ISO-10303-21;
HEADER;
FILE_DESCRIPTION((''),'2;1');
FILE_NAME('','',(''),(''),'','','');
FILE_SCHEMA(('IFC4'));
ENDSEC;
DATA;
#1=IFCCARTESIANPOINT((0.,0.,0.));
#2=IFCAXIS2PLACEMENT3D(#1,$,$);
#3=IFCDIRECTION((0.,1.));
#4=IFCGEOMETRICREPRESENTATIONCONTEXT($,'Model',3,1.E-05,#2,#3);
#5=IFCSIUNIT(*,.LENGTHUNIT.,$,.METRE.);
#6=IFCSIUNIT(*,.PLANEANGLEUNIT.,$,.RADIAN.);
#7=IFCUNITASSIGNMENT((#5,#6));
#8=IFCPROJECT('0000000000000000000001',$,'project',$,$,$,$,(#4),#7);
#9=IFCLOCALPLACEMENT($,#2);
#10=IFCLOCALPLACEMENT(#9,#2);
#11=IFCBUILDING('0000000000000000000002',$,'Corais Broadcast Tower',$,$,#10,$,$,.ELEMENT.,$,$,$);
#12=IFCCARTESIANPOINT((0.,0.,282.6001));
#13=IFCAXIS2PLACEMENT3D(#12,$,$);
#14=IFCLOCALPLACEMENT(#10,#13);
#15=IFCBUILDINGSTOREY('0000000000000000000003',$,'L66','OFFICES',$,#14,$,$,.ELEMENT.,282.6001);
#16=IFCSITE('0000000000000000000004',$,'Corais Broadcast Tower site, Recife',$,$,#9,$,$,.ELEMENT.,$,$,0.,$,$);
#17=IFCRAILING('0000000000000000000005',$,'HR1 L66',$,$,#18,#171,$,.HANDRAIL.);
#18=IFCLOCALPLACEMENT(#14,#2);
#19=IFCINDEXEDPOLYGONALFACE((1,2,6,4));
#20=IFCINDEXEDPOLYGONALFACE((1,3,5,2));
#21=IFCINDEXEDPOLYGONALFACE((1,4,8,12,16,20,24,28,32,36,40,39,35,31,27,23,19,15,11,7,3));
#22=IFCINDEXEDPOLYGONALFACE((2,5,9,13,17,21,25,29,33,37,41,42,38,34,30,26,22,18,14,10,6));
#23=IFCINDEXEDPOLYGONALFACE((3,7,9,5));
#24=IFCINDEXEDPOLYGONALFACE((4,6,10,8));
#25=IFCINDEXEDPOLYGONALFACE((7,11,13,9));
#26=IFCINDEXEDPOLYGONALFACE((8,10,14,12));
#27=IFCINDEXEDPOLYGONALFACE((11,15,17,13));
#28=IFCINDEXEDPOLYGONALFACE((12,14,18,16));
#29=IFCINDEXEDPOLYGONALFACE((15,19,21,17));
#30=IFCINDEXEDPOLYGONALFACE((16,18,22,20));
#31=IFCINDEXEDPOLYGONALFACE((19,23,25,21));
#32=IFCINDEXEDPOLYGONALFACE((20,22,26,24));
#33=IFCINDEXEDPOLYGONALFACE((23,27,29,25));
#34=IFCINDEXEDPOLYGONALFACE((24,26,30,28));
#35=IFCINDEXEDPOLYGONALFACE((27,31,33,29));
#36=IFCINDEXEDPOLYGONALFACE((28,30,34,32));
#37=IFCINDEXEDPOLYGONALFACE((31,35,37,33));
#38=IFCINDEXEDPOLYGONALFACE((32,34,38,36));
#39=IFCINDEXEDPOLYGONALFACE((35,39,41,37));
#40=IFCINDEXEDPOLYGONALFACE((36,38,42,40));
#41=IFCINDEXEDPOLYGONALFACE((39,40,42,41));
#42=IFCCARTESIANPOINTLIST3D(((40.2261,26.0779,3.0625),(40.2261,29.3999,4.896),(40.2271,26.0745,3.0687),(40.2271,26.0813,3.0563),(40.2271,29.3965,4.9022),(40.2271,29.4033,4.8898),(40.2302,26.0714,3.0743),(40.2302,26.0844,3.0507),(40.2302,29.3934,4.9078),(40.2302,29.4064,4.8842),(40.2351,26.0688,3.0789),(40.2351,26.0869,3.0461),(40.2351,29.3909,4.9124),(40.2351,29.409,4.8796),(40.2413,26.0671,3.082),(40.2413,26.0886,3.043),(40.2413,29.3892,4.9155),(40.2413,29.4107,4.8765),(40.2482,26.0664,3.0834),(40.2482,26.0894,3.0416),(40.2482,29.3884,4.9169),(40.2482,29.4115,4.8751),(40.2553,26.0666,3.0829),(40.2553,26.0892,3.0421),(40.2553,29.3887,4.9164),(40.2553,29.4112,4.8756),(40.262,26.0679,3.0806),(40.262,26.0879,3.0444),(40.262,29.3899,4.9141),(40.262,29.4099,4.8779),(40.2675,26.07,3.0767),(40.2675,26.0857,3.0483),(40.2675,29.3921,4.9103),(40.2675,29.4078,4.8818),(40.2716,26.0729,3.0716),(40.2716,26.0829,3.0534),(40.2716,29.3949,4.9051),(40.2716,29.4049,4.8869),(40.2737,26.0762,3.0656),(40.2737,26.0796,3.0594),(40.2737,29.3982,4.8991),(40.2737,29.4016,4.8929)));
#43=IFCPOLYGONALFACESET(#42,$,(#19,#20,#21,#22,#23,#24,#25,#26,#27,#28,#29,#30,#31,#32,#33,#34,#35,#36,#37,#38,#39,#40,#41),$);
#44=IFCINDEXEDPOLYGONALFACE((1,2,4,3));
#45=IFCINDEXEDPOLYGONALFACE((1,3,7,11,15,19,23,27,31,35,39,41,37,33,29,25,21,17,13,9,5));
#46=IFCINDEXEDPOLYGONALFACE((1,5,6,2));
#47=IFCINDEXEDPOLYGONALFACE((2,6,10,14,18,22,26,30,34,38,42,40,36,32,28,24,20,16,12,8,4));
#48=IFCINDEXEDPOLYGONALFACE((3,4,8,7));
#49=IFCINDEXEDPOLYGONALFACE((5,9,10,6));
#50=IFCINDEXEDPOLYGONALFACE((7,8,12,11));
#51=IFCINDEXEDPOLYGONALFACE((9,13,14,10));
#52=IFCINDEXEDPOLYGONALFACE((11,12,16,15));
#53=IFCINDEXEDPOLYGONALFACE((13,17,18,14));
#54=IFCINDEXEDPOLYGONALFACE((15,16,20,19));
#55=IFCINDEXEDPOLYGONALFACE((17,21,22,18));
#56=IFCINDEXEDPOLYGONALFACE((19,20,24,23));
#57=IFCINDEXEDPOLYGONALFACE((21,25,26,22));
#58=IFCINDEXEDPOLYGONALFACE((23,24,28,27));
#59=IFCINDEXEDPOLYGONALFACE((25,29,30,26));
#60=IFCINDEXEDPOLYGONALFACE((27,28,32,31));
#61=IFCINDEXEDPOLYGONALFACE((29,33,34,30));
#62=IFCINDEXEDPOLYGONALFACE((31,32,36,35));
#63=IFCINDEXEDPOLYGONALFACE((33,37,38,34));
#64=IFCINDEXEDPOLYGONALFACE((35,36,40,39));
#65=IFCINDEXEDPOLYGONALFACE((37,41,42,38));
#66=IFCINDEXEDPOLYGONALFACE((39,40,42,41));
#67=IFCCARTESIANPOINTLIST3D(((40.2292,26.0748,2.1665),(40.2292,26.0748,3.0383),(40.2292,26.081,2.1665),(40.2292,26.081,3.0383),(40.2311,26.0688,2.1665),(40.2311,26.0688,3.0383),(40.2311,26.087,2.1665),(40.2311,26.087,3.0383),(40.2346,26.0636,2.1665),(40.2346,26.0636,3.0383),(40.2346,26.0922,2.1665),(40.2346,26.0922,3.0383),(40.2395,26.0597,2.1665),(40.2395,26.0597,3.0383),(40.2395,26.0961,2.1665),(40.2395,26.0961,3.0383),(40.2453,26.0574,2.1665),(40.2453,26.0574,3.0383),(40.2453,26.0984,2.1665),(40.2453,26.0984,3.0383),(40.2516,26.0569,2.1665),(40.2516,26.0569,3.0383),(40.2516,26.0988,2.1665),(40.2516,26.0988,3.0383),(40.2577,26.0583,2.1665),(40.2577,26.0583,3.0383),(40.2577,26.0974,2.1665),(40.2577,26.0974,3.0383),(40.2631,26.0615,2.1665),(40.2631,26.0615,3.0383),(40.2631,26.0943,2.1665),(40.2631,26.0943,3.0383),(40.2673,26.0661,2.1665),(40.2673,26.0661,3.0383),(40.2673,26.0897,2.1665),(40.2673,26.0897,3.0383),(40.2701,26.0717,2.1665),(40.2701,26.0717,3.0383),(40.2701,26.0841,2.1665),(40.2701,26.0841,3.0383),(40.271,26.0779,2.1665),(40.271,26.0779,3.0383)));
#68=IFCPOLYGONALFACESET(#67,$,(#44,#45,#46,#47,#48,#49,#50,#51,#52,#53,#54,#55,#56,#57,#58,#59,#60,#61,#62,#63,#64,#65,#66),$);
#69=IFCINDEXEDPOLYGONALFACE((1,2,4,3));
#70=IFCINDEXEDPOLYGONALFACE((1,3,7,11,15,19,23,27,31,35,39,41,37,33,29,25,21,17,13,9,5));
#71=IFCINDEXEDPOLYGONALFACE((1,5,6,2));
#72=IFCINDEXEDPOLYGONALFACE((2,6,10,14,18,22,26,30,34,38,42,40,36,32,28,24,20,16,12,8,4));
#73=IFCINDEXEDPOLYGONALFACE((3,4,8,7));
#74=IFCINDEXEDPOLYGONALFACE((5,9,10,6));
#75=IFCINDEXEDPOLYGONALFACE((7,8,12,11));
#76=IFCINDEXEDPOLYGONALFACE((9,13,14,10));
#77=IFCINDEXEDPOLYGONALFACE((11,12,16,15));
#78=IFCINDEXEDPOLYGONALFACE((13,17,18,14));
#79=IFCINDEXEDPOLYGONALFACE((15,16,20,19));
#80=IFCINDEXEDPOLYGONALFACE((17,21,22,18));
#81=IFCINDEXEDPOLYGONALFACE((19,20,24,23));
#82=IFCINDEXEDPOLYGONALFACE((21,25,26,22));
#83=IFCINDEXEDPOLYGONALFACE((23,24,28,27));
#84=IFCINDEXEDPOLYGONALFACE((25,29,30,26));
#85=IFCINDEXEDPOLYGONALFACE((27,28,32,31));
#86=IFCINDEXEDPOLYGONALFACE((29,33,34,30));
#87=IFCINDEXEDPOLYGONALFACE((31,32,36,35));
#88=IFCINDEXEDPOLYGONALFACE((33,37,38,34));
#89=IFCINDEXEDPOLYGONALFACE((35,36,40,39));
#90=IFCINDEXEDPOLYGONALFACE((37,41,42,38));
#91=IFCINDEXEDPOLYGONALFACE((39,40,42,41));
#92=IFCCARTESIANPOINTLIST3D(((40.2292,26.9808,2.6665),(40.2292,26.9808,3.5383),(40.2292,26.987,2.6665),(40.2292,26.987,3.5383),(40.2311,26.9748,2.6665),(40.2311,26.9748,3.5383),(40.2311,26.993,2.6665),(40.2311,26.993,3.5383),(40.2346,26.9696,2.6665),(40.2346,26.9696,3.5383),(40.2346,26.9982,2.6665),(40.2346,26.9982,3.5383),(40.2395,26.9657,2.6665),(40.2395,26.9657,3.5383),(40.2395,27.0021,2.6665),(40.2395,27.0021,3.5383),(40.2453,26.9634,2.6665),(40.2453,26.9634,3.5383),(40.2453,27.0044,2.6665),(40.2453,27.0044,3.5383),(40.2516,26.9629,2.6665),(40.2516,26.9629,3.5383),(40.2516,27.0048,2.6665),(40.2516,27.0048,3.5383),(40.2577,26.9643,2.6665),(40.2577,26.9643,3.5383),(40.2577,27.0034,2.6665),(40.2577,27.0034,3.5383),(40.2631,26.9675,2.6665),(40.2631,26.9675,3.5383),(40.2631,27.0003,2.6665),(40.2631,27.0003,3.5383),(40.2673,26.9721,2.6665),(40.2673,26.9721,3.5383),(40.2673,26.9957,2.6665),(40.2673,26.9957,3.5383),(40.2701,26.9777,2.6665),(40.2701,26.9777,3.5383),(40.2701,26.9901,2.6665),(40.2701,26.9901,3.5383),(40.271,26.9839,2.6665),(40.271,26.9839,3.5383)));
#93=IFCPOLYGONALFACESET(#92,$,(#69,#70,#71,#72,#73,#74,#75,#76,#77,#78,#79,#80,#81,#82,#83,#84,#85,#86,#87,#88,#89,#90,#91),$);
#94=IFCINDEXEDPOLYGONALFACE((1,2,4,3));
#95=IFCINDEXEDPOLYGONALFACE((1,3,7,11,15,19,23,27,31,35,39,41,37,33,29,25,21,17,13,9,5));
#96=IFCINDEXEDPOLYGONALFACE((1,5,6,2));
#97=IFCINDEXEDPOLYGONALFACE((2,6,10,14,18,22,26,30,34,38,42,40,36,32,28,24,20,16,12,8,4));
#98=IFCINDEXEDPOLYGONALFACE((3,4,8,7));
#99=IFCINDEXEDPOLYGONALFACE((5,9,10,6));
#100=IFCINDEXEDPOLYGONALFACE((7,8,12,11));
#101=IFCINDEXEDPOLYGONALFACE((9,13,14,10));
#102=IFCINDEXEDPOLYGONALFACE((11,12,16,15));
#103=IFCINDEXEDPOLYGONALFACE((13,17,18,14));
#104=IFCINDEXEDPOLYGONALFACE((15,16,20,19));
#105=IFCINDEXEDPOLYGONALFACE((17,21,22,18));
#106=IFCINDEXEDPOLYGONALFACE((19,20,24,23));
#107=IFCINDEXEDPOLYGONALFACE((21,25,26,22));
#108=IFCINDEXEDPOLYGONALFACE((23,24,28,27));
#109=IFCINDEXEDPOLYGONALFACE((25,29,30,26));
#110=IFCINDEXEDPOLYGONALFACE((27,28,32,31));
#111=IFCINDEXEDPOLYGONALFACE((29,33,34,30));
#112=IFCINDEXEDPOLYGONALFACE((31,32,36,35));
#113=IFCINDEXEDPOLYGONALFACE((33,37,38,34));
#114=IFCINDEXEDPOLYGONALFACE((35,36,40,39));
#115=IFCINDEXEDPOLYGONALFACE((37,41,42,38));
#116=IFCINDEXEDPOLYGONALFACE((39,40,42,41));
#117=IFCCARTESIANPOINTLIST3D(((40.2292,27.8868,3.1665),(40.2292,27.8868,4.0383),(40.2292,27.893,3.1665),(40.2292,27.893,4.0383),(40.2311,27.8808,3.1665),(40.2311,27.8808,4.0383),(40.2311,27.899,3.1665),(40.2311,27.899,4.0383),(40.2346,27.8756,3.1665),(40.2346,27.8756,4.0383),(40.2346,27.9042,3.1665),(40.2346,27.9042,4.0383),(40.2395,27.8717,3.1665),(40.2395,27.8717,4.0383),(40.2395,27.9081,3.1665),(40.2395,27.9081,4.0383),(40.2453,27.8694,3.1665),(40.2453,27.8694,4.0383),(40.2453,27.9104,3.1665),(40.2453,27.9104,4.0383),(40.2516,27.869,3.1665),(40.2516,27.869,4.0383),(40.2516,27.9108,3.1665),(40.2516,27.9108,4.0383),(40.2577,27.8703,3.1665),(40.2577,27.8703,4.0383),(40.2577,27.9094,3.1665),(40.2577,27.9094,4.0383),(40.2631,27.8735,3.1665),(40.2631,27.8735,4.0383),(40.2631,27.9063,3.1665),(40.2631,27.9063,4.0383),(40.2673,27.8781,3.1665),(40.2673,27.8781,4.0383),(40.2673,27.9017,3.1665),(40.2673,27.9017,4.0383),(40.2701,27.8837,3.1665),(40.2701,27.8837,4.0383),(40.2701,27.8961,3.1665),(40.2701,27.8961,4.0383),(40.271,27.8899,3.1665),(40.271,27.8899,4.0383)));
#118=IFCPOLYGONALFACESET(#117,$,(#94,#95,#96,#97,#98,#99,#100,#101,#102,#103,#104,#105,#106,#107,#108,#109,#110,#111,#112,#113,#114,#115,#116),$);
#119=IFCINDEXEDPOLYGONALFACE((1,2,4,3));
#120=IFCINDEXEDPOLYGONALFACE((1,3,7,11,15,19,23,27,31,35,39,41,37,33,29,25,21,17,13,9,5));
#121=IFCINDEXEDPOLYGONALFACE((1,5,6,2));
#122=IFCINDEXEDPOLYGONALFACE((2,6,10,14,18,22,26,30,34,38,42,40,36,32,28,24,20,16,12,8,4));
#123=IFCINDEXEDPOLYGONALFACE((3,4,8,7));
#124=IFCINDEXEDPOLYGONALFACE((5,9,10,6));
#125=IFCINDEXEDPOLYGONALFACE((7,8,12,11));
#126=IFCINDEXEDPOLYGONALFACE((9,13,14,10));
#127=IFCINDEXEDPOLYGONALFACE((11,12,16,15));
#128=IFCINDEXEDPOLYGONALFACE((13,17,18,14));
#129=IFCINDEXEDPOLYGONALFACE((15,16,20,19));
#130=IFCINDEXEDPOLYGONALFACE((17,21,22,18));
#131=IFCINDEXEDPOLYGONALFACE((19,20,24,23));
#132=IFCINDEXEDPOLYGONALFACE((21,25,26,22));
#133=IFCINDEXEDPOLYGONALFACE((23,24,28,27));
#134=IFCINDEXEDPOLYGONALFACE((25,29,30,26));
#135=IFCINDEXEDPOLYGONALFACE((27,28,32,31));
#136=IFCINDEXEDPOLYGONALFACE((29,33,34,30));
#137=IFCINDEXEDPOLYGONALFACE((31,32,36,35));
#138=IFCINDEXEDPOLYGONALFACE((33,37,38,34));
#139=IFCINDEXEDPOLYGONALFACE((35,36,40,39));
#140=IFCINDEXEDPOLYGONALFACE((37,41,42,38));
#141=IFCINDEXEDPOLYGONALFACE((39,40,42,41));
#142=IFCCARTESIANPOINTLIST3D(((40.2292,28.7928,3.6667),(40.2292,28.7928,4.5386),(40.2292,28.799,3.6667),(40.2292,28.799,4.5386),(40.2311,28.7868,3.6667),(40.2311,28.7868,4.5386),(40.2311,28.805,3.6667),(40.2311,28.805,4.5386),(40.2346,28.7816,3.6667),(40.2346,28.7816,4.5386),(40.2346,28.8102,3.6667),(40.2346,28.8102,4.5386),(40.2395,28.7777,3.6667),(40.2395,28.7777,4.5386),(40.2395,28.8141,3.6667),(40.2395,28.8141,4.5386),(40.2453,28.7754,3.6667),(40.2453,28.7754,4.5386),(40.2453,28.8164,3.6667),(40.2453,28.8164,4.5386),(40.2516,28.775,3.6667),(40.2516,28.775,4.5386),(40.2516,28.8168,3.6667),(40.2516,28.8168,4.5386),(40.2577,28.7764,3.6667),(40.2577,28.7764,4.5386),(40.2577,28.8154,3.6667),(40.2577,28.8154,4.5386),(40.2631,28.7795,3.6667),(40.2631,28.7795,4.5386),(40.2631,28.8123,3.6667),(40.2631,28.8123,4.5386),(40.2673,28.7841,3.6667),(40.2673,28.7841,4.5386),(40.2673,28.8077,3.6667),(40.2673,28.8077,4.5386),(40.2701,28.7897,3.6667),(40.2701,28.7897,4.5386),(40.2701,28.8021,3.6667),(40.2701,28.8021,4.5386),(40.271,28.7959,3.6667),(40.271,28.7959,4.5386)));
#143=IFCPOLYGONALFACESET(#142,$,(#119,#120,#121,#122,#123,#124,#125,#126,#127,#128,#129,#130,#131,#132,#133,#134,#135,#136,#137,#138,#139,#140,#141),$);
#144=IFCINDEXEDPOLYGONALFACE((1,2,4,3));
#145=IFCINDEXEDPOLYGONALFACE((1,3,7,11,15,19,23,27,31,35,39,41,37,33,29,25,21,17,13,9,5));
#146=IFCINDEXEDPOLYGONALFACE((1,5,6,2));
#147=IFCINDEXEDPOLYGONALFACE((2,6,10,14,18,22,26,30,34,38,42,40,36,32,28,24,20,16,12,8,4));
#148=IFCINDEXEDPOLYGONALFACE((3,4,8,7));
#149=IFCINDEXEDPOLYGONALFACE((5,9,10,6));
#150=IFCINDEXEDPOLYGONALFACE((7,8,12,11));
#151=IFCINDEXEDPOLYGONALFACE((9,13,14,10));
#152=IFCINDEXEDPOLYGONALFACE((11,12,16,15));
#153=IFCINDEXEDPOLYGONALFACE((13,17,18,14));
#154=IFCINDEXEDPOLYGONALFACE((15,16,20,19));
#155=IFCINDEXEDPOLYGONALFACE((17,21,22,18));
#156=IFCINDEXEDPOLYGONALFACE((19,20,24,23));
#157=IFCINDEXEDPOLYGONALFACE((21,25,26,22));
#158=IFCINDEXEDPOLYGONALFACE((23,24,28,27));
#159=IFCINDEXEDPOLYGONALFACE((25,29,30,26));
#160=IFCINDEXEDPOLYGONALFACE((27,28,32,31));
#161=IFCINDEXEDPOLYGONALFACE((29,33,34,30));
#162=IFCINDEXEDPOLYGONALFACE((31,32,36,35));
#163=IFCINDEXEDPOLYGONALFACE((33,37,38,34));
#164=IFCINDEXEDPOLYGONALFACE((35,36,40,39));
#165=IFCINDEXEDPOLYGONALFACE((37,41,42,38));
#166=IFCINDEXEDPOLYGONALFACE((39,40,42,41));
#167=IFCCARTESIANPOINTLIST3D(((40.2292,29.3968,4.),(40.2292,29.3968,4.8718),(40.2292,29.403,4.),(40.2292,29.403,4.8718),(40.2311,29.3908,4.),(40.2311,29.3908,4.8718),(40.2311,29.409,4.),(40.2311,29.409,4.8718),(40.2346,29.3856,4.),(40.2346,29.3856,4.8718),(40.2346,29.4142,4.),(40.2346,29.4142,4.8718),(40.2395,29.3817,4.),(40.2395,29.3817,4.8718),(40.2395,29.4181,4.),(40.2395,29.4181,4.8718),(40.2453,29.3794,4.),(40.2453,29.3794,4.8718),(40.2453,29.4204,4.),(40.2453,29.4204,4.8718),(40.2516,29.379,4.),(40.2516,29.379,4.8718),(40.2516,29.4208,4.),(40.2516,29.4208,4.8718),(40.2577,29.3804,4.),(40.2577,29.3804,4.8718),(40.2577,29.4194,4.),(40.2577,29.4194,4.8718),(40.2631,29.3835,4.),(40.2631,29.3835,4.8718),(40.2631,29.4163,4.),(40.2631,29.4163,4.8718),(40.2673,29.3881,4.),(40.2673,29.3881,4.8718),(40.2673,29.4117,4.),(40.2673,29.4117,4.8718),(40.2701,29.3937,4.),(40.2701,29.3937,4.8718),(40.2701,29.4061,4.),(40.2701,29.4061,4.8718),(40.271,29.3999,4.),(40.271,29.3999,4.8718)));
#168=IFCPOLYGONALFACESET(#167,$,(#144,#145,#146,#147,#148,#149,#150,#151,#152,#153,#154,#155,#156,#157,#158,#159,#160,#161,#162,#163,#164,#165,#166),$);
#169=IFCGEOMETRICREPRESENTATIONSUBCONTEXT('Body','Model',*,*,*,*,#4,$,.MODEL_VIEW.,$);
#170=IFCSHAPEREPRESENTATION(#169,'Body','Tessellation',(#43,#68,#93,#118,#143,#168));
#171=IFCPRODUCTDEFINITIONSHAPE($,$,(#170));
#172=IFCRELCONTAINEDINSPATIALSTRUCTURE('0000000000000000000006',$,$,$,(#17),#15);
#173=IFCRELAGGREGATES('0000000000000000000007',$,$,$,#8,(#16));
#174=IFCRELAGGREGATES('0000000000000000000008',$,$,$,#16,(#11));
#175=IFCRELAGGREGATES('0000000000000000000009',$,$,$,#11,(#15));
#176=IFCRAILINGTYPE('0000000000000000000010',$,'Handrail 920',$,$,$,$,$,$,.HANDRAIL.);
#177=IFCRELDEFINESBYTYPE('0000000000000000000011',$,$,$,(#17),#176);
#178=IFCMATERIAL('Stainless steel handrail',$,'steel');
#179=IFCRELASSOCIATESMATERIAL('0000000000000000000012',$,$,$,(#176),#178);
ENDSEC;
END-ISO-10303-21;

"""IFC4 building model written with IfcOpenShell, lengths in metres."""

from ifc_helpers import new_model, si_unit, direction, frame, origin, origin_2d, place, context, subcontext, project, spatial, circle, extrude, material, type_object, element, save


model = new_model("IFC4")

# Units and contexts
model_context = context("Model", 3, precision=1e-05, world=origin(), true_north=direction((0.0, 1.0)))
body_context = subcontext(model_context, "Body", "Model", "MODEL_VIEW")
ifc_project = project(units=[si_unit("LENGTHUNIT", "METRE"), si_unit("PLANEANGLEUNIT", "RADIAN")], contexts=[model_context])

# Site, building, storey
site_placement = place(None, origin())
site = spatial("IfcSite", under=ifc_project, at=site_placement, Name="Corais Broadcast Tower site, Recife", CompositionType="ELEMENT", RefElevation=0.0)
building_placement = place(site_placement, origin())
building = spatial("IfcBuilding", under=site, at=building_placement, Name="Corais Broadcast Tower", CompositionType="ELEMENT")
storey_placement = place(building_placement, frame((0.0, 0.0, 282.6001)))
storey = spatial("IfcBuildingStorey", under=building, at=storey_placement, Name="L66", Description="OFFICES", CompositionType="ELEMENT", Elevation=282.6001)

# Railing
ifc_material_1 = material(Name="Stainless steel handrail", Category="steel")
railing_type = type_object("IfcRailingType", Name="Handrail 920", PredefinedType="HANDRAIL", material=ifc_material_1)
for number, where, name in (
    (1, (40.25, 26.0779, 2.1665), "HR1 L66"),
):
    element("IfcRailing", number, at=place(storey_placement, frame(where)), inside=storey, type_object=railing_type, Name=name, PredefinedType="HANDRAIL", context=body_context, shape_type="SweptSolid", body=[
        extrude(circle(Radius=0.0239, at=origin_2d()), frame((0.0, 0.0, 0.896), z_axis=(0.0, 0.875504, 0.48321), x_axis=(-1.0, 0.0, 0.0)), (0.0, 0.0, 1.0), 3.7944),
        extrude(circle(Radius=0.021, at=origin_2d()), origin(), (0.0, 0.0, 1.0), 0.8718),
        extrude(circle(Radius=0.021, at=origin_2d()), frame((0.0, 0.906, 0.5)), (0.0, 0.0, 1.0), 0.8718),
        extrude(circle(Radius=0.021, at=origin_2d()), frame((0.0, 1.812, 1.0)), (0.0, 0.0, 1.0), 0.8718),
        extrude(circle(Radius=0.021, at=origin_2d()), frame((0.0, 2.718, 1.5002)), (0.0, 0.0, 1.0), 0.8718),
        extrude(circle(Radius=0.021, at=origin_2d()), frame((0.0, 3.322, 1.8335)), (0.0, 0.0, 1.0), 0.8718),
    ])

save(model, "model.ifc")
